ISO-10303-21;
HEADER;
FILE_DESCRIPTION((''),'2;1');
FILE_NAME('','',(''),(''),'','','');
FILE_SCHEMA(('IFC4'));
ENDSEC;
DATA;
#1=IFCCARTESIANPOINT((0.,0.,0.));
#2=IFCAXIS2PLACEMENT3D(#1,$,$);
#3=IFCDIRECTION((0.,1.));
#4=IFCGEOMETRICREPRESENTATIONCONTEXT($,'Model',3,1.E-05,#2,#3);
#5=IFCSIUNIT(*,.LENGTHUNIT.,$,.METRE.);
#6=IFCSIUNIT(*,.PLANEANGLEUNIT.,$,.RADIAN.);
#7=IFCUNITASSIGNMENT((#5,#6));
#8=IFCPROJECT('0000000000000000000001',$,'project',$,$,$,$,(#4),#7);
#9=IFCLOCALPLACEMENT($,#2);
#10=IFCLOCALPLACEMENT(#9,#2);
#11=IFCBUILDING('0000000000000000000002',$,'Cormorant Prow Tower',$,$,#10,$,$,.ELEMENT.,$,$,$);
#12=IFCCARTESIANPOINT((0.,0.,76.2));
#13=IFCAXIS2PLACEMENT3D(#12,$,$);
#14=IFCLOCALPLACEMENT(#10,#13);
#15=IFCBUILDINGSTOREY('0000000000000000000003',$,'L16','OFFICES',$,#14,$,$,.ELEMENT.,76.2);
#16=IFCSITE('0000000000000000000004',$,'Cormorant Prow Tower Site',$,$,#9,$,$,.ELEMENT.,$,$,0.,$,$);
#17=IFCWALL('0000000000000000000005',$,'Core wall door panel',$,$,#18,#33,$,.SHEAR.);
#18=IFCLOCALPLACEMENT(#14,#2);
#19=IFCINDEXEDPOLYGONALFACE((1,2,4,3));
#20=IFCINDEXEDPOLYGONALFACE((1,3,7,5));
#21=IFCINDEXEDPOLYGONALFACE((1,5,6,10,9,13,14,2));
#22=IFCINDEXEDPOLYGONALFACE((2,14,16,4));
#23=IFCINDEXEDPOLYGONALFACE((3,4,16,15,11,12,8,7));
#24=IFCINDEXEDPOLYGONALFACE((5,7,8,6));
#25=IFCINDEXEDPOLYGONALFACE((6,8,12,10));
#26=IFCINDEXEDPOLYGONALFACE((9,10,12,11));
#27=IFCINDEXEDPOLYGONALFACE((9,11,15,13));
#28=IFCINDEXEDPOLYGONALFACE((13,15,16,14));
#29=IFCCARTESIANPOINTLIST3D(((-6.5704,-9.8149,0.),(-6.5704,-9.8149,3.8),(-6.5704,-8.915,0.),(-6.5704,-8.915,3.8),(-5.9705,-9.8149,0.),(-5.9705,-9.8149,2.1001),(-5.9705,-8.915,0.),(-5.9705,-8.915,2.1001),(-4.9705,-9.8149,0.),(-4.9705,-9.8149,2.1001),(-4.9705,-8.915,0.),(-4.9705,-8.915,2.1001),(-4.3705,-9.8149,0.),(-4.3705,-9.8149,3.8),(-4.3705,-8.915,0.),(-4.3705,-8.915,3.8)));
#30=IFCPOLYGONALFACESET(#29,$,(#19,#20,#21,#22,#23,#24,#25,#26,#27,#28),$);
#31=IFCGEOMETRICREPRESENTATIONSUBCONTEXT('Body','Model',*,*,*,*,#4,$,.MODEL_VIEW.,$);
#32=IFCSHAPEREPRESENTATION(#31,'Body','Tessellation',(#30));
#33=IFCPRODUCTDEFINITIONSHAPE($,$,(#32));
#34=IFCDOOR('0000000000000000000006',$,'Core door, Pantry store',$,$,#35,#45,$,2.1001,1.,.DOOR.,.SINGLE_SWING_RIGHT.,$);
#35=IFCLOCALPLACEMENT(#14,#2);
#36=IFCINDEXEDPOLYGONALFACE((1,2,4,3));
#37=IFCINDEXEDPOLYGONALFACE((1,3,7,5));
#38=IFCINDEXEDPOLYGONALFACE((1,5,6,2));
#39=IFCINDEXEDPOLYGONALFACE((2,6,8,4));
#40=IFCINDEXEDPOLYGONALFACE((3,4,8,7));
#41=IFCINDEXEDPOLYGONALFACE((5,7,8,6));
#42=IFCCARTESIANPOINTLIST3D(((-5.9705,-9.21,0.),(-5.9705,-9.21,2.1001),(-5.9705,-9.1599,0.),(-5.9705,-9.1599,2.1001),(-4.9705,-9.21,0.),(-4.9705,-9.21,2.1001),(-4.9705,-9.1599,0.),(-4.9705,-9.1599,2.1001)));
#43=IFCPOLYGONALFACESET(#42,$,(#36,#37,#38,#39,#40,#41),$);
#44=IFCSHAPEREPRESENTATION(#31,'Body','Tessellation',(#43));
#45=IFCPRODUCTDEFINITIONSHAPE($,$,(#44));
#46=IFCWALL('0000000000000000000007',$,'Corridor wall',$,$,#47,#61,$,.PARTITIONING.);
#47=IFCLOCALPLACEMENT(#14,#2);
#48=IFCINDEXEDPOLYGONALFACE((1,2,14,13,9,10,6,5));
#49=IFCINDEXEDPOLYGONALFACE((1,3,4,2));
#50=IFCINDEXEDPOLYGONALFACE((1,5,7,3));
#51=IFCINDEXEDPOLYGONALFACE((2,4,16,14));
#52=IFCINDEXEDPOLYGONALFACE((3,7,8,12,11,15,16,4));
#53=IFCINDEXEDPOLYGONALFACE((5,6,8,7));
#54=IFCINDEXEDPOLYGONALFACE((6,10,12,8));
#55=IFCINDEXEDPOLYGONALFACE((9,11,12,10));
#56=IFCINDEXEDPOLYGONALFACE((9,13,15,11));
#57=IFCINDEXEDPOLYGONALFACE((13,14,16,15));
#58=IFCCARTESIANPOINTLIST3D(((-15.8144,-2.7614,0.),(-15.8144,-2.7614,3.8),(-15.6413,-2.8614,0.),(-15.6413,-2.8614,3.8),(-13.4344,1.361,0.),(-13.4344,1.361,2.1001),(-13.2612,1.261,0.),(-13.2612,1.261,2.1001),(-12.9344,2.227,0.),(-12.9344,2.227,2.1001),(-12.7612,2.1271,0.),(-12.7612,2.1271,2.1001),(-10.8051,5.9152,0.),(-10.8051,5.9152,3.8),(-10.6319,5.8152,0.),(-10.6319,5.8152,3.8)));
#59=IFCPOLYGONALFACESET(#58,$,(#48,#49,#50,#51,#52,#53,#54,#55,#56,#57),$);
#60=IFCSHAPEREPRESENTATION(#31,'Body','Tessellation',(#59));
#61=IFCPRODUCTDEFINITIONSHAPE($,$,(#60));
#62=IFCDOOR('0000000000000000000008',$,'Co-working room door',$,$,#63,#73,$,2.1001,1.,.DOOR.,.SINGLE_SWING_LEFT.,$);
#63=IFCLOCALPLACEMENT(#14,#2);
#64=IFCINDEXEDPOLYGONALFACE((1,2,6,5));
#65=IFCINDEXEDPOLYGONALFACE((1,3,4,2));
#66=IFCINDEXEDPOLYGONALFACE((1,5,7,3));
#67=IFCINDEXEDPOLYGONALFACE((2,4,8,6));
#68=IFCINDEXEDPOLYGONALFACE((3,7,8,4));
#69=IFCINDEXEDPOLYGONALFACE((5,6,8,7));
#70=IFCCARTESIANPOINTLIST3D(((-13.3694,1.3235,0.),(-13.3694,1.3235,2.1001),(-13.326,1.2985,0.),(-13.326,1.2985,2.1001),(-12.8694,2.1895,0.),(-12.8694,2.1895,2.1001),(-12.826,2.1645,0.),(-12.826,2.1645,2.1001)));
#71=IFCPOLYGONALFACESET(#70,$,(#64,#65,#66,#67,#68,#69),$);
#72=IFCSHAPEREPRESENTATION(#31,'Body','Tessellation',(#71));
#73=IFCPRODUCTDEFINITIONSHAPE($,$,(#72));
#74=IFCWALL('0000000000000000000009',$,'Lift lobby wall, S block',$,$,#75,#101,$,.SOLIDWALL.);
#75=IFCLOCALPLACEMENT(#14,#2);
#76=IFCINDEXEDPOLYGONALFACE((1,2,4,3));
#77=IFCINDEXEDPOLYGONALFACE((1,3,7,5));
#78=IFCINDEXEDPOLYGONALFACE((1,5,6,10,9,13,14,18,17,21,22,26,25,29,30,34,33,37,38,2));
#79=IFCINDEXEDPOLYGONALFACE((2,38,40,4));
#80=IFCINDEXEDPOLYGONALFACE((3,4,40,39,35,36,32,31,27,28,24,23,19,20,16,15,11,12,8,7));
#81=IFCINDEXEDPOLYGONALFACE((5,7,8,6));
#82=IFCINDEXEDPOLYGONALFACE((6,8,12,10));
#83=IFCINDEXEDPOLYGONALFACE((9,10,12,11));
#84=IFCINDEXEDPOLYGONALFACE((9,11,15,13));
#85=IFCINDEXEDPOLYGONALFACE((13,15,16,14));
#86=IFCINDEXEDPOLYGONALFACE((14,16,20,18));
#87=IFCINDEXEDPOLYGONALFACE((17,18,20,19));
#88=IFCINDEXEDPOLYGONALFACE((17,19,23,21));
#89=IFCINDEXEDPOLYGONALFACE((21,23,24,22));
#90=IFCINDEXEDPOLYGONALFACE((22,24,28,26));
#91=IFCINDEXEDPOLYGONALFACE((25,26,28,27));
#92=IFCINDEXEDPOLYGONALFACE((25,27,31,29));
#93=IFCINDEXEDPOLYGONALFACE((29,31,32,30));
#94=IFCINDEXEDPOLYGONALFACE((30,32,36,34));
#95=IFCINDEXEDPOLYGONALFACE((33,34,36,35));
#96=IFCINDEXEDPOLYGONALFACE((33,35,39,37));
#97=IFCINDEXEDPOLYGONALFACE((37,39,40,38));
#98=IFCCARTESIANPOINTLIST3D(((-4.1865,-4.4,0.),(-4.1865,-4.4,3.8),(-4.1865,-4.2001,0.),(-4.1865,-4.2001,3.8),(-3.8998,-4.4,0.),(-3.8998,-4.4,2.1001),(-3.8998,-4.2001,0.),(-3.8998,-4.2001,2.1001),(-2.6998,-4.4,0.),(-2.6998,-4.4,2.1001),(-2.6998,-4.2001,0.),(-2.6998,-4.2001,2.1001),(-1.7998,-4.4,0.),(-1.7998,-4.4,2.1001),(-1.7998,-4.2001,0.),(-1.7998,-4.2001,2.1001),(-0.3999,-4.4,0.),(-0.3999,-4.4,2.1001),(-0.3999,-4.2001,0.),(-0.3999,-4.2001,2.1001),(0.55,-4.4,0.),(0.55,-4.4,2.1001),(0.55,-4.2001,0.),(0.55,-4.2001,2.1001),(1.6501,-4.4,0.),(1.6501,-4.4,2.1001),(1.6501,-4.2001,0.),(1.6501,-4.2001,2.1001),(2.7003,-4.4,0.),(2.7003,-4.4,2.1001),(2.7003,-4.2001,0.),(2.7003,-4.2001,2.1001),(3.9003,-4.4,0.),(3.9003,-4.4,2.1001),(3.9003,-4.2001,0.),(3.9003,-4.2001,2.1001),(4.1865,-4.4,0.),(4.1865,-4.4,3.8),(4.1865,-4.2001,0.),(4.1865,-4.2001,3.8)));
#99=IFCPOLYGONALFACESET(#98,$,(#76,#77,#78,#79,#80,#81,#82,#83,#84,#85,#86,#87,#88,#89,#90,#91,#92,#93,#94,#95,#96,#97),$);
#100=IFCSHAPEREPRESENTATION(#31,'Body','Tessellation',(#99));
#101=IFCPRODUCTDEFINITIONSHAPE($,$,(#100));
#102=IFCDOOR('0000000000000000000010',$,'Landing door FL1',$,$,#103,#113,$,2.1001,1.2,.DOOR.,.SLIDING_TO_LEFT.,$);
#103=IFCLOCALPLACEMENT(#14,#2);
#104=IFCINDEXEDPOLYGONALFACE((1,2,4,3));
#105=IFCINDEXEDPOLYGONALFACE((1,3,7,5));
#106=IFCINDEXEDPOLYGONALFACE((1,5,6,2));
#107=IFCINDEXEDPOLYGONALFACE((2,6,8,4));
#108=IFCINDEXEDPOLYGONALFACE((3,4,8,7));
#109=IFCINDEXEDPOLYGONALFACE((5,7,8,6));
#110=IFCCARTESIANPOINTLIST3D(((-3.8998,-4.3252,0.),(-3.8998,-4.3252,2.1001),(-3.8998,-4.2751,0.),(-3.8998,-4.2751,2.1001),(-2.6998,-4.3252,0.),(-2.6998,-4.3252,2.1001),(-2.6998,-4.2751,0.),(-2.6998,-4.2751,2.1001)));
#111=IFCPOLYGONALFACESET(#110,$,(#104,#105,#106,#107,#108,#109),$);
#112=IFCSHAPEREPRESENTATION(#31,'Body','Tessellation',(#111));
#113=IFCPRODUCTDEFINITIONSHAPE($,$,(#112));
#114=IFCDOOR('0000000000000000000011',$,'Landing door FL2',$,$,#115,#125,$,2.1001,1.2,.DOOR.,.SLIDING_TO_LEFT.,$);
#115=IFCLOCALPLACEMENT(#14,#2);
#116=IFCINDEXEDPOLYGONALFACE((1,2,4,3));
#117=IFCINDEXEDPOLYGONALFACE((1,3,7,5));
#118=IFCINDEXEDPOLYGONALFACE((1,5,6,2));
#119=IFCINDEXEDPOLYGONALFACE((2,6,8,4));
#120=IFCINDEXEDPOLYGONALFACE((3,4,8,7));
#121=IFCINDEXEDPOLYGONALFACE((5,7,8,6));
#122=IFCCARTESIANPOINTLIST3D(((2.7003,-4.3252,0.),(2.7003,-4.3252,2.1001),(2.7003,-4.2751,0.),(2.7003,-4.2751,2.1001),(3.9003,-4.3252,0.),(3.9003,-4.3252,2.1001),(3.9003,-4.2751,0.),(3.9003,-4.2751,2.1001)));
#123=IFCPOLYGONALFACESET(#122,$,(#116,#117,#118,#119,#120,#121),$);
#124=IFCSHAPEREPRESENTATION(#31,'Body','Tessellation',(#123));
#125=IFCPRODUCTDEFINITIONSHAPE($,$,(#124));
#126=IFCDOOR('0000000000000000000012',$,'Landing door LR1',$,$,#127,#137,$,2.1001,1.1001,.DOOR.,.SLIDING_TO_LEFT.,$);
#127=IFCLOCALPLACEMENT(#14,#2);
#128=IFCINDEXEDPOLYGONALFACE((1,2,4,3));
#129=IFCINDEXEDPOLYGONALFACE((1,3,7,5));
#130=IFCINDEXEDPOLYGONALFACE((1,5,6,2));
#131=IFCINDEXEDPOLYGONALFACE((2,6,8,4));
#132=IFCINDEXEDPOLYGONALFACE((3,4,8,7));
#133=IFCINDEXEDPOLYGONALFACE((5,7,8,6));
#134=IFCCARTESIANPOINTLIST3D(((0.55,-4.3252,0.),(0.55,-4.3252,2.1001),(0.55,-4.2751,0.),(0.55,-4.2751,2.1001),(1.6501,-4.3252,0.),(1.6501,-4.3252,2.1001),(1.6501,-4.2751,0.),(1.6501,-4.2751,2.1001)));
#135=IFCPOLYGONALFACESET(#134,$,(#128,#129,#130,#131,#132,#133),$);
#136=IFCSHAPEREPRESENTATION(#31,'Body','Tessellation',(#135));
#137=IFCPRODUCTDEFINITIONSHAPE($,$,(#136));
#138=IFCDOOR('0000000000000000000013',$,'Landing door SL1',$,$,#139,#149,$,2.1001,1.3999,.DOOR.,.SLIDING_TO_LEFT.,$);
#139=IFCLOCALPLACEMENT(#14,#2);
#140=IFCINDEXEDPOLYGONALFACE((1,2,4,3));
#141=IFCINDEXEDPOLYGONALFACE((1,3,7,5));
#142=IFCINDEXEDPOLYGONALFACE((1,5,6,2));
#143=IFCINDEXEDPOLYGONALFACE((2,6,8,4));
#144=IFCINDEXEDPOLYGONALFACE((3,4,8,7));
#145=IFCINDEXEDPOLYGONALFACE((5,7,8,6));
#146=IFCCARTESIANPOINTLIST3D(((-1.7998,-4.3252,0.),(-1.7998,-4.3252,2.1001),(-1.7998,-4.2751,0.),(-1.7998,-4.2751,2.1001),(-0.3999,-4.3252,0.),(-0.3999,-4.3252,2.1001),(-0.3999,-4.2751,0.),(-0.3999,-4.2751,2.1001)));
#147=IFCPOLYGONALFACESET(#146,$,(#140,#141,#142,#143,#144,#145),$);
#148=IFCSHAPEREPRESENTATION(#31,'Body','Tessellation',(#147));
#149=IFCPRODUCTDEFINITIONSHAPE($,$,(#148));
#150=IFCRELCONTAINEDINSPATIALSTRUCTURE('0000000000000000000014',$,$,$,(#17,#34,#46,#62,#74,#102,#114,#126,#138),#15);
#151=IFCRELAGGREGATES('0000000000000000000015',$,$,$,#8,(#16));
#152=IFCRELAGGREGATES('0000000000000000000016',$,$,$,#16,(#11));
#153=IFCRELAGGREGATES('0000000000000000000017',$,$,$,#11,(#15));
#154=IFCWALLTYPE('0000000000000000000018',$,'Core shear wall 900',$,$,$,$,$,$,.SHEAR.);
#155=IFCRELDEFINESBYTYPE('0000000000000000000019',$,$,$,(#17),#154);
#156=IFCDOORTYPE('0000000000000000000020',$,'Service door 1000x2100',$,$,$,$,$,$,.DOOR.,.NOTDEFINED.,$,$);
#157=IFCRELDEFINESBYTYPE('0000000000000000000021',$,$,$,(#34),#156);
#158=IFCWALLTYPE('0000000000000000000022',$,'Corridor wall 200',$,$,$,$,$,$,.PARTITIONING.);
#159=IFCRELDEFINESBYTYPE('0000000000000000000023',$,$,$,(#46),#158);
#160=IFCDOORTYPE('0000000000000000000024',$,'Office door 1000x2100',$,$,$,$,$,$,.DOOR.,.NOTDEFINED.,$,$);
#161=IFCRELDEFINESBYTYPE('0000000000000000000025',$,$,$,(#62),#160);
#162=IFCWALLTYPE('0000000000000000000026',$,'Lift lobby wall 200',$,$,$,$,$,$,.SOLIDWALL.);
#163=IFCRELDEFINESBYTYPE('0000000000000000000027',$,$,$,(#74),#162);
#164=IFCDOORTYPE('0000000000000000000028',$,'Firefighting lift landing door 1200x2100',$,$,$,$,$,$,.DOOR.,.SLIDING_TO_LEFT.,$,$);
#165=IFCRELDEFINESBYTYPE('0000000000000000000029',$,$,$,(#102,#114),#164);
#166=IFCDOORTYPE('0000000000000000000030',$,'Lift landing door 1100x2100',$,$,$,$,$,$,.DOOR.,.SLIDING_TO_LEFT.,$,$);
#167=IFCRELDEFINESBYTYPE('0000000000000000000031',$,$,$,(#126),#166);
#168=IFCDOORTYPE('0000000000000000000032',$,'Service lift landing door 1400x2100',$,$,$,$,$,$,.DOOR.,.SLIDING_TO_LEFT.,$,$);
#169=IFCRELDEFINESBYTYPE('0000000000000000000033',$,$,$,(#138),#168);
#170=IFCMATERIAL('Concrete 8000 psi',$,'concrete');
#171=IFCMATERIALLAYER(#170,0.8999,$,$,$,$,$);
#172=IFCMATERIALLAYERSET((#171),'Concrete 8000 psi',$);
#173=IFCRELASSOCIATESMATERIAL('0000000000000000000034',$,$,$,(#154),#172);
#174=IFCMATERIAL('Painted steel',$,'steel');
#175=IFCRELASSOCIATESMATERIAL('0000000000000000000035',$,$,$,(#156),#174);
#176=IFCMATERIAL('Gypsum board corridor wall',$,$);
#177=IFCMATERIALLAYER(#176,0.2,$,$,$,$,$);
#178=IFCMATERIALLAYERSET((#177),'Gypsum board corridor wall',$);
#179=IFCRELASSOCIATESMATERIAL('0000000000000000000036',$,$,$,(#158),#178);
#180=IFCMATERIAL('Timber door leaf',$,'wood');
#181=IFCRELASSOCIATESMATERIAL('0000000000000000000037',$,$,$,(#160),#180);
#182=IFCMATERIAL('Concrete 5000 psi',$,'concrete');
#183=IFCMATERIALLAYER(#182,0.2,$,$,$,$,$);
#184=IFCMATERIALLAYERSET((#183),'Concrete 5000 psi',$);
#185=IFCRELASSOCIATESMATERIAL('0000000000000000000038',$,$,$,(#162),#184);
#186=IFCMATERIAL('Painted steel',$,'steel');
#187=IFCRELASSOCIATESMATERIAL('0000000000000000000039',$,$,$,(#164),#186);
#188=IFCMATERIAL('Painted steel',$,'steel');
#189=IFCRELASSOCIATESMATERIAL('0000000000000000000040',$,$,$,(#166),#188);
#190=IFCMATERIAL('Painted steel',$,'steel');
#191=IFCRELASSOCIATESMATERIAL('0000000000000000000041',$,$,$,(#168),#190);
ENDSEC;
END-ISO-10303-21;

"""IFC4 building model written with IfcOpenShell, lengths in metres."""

from ifc_helpers import new_model, si_unit, direction, frame, frame_2d, origin, place, context, subcontext, project, spatial, rectangle, extrude, material, layer, layer_set, type_object, element, fill, save


model = new_model("IFC4")

# Units and contexts
model_context = context("Model", 3, precision=1e-05, world=origin(), true_north=direction((0.0, 1.0)))
body_context = subcontext(model_context, "Body", "Model", "MODEL_VIEW")
ifc_project = project(units=[si_unit("LENGTHUNIT", "METRE"), si_unit("PLANEANGLEUNIT", "RADIAN")], contexts=[model_context])

# Site, building, storey
site_placement = place(None, origin())
site = spatial("IfcSite", under=ifc_project, at=site_placement, Name="Cormorant Prow Tower Site", CompositionType="ELEMENT", RefElevation=0.0)
building_placement = place(site_placement, origin())
building = spatial("IfcBuilding", under=site, at=building_placement, Name="Cormorant Prow Tower", CompositionType="ELEMENT")
storey_placement = place(building_placement, frame((0.0, 0.0, 76.2)))
storey = spatial("IfcBuildingStorey", under=building, at=storey_placement, Name="L16", Description="OFFICES", CompositionType="ELEMENT", Elevation=76.2)

# Shared definitions
ifc_material_1 = material(Name="Concrete 8000 psi", Category="concrete")
ifc_layer_1 = layer(ifc_material_1, 0.8999)
ifc_layer_set_1 = layer_set([ifc_layer_1], Name="Concrete 8000 psi")
wall_type_1 = type_object("IfcWallType", Name="Core shear wall 900", PredefinedType="SHEAR", material=ifc_layer_set_1)

# Walls, openings, doors
wall_1_placement = place(storey_placement, frame((-6.5706, -9.365, 0.0), z_axis=(0.0, 0.0, 1.0), x_axis=(1.0, 0.0, 0.0)))
wall_1 = element("IfcWall", 1, at=wall_1_placement, inside=storey, type_object=wall_type_1, Name="Core wall door panel", PredefinedType="SHEAR", context=body_context, shape_type="SweptSolid", body=[
    extrude(rectangle(XDim=2.2, YDim=0.8999, at=frame_2d((1.1001, 0.0))), origin(), (0.0, 0.0, 1.0), 3.8),
])
opening_1_placement = place(wall_1_placement, frame((0.6001, 0.0, 0.0)))
opening_1 = element("IfcOpeningElement", 2, at=opening_1_placement, cuts=wall_1, PredefinedType="OPENING", context=body_context, shape_type="SweptSolid", body=[
    extrude(rectangle(XDim=1.0, YDim=2.1001, at=frame_2d((0.5, 1.05))), frame((0.0, 0.46, 0.0), z_axis=(0.0, -1.0, 0.0), x_axis=(1.0, 0.0, 0.0)), (0.0, 0.0, 1.0), 0.9199),
])
ifc_material_2 = material(Name="Painted steel", Category="steel")
door_type_1 = type_object("IfcDoorType", Name="Service door 1000x2100", OperationType="NOTDEFINED", PredefinedType="DOOR", material=ifc_material_2)
door_1_placement = place(opening_1_placement, origin())
door_1 = element("IfcDoor", 3, at=door_1_placement, inside=storey, type_object=door_type_1, Name="Core door, Pantry store", OperationType="SINGLE_SWING_RIGHT", OverallHeight=2.1001, OverallWidth=1.0, PredefinedType="DOOR", context=body_context, shape_type="SweptSolid", body=[
    extrude(rectangle(XDim=1.0, YDim=2.1001, at=frame_2d((0.5, 1.05))), frame((0.0, 0.2051, 0.0), z_axis=(0.0, -1.0, 0.0), x_axis=(1.0, 0.0, 0.0)), (0.0, 0.0, 1.0), 0.05),
])
fill(opening_1, door_1)
ifc_material_3 = material(Name="Gypsum board corridor wall")
ifc_layer_2 = layer(ifc_material_3, 0.2)
ifc_layer_set_2 = layer_set([ifc_layer_2], Name="Gypsum board corridor wall")
wall_type_2 = type_object("IfcWallType", Name="Corridor wall 200", PredefinedType="PARTITIONING", material=ifc_layer_set_2)
wall_2_placement = place(storey_placement, frame((-15.7278, -2.8113, 0.0), z_axis=(0.0, 0.0, 1.0), x_axis=(0.499992, 0.86603, 0.0)))
wall_2 = element("IfcWall", 4, at=wall_2_placement, inside=storey, type_object=wall_type_2, Name="Corridor wall", PredefinedType="PARTITIONING", context=body_context, shape_type="SweptSolid", body=[
    extrude(rectangle(XDim=10.0188, YDim=0.2, at=frame_2d((5.0093, 0.0))), origin(), (0.0, 0.0, 1.0), 3.8),
])
opening_2_placement = place(wall_2_placement, frame((4.76, 0.0, 0.0)))
opening_2 = element("IfcOpeningElement", 5, at=opening_2_placement, cuts=wall_2, PredefinedType="OPENING", context=body_context, shape_type="SweptSolid", body=[
    extrude(rectangle(XDim=1.0, YDim=2.1001, at=frame_2d((0.5, 1.05))), frame((0.0, 0.1099, 0.0), z_axis=(0.0, -1.0, 0.0), x_axis=(1.0, 0.0, 0.0)), (0.0, 0.0, 1.0), 0.22),
])
ifc_material_4 = material(Name="Timber door leaf", Category="wood")
door_type_2 = type_object("IfcDoorType", Name="Office door 1000x2100", OperationType="NOTDEFINED", PredefinedType="DOOR", material=ifc_material_4)
door_2_placement = place(opening_2_placement, origin())
door_2 = element("IfcDoor", 6, at=door_2_placement, inside=storey, type_object=door_type_2, Name="Co-working room door", OperationType="SINGLE_SWING_LEFT", OverallHeight=2.1001, OverallWidth=1.0, PredefinedType="DOOR", context=body_context, shape_type="SweptSolid", body=[
    extrude(rectangle(XDim=1.0, YDim=2.1001, at=frame_2d((0.5, 1.05))), frame((0.0, 0.0249, 0.0), z_axis=(0.0, -1.0, 0.0), x_axis=(1.0, 0.0, 0.0)), (0.0, 0.0, 1.0), 0.05),
])
fill(opening_2, door_2)

# Wall, openings, doors
ifc_material_5 = material(Name="Concrete 5000 psi", Category="concrete")
ifc_layer_3 = layer(ifc_material_5, 0.2)
ifc_layer_set_3 = layer_set([ifc_layer_3], Name="Concrete 5000 psi")
wall_type_3 = type_object("IfcWallType", Name="Lift lobby wall 200", PredefinedType="SOLIDWALL", material=ifc_layer_set_3)
wall_3_placement = place(storey_placement, frame((-4.1865, -4.3, 0.0), z_axis=(0.0, 0.0, 1.0), x_axis=(1.0, 0.0, 0.0)))
wall_3 = element("IfcWall", 7, at=wall_3_placement, inside=storey, type_object=wall_type_3, Name="Lift lobby wall, S block", PredefinedType="SOLIDWALL", context=body_context, shape_type="SweptSolid", body=[
    extrude(rectangle(XDim=8.373, YDim=0.2, at=frame_2d((4.1865, 0.0))), origin(), (0.0, 0.0, 1.0), 3.8),
])
opening_3_placement = place(wall_3_placement, frame((0.2866, 0.0, 0.0)))
opening_3 = element("IfcOpeningElement", 8, at=opening_3_placement, cuts=wall_3, PredefinedType="OPENING", context=body_context, shape_type="SweptSolid", body=[
    extrude(rectangle(XDim=1.2, YDim=2.1001, at=frame_2d((0.6001, 1.05))), frame((0.0, 0.1099, 0.0), z_axis=(0.0, -1.0, 0.0), x_axis=(1.0, 0.0, 0.0)), (0.0, 0.0, 1.0), 0.22),
])
opening_4_placement = place(wall_3_placement, frame((2.3867, 0.0, 0.0)))
opening_4 = element("IfcOpeningElement", 9, at=opening_4_placement, cuts=wall_3, PredefinedType="OPENING", context=body_context, shape_type="SweptSolid", body=[
    extrude(rectangle(XDim=1.3999, YDim=2.1001, at=frame_2d((0.7, 1.05))), frame((0.0, 0.1099, 0.0), z_axis=(0.0, -1.0, 0.0), x_axis=(1.0, 0.0, 0.0)), (0.0, 0.0, 1.0), 0.22),
])
opening_5_placement = place(wall_3_placement, frame((4.7366, 0.0, 0.0)))
opening_5 = element("IfcOpeningElement", 10, at=opening_5_placement, cuts=wall_3, PredefinedType="OPENING", context=body_context, shape_type="SweptSolid", body=[
    extrude(rectangle(XDim=1.1001, YDim=2.1001, at=frame_2d((0.55, 1.05))), frame((0.0, 0.1099, 0.0), z_axis=(0.0, -1.0, 0.0), x_axis=(1.0, 0.0, 0.0)), (0.0, 0.0, 1.0), 0.22),
])
opening_6_placement = place(wall_3_placement, frame((6.8867, 0.0, 0.0)))
opening_6 = element("IfcOpeningElement", 11, at=opening_6_placement, cuts=wall_3, PredefinedType="OPENING", context=body_context, shape_type="SweptSolid", body=[
    extrude(rectangle(XDim=1.2, YDim=2.1001, at=frame_2d((0.6001, 1.05))), frame((0.0, 0.1099, 0.0), z_axis=(0.0, -1.0, 0.0), x_axis=(1.0, 0.0, 0.0)), (0.0, 0.0, 1.0), 0.22),
])
ifc_material_6 = material(Name="Painted steel", Category="steel")
door_type_3 = type_object("IfcDoorType", Name="Firefighting lift landing door 1200x2100", OperationType="SLIDING_TO_LEFT", PredefinedType="DOOR", material=ifc_material_6)
door_3_placement = place(opening_3_placement, origin())
door_3 = element("IfcDoor", 12, at=door_3_placement, inside=storey, type_object=door_type_3, Name="Landing door FL1", OperationType="SLIDING_TO_LEFT", OverallHeight=2.1001, OverallWidth=1.2, PredefinedType="DOOR", context=body_context, shape_type="SweptSolid", body=[
    extrude(rectangle(XDim=1.2, YDim=2.1001, at=frame_2d((0.6001, 1.05))), frame((0.0, 0.0249, 0.0), z_axis=(0.0, -1.0, 0.0), x_axis=(1.0, 0.0, 0.0)), (0.0, 0.0, 1.0), 0.05),
])
fill(opening_3, door_3)
door_4_placement = place(opening_6_placement, origin())
door_4 = element("IfcDoor", 13, at=door_4_placement, inside=storey, type_object=door_type_3, Name="Landing door FL2", OperationType="SLIDING_TO_LEFT", OverallHeight=2.1001, OverallWidth=1.2, PredefinedType="DOOR", context=body_context, shape_type="SweptSolid", body=[
    extrude(rectangle(XDim=1.2, YDim=2.1001, at=frame_2d((0.6001, 1.05))), frame((0.0, 0.0249, 0.0), z_axis=(0.0, -1.0, 0.0), x_axis=(1.0, 0.0, 0.0)), (0.0, 0.0, 1.0), 0.05),
])
fill(opening_6, door_4)
ifc_material_7 = material(Name="Painted steel", Category="steel")
door_type_4 = type_object("IfcDoorType", Name="Lift landing door 1100x2100", OperationType="SLIDING_TO_LEFT", PredefinedType="DOOR", material=ifc_material_7)
door_5_placement = place(opening_5_placement, origin())
door_5 = element("IfcDoor", 14, at=door_5_placement, inside=storey, type_object=door_type_4, Name="Landing door LR1", OperationType="SLIDING_TO_LEFT", OverallHeight=2.1001, OverallWidth=1.1001, PredefinedType="DOOR", context=body_context, shape_type="SweptSolid", body=[
    extrude(rectangle(XDim=1.1001, YDim=2.1001, at=frame_2d((0.55, 1.05))), frame((0.0, 0.0249, 0.0), z_axis=(0.0, -1.0, 0.0), x_axis=(1.0, 0.0, 0.0)), (0.0, 0.0, 1.0), 0.05),
])
fill(opening_5, door_5)
ifc_material_8 = material(Name="Painted steel", Category="steel")
door_type_5 = type_object("IfcDoorType", Name="Service lift landing door 1400x2100", OperationType="SLIDING_TO_LEFT", PredefinedType="DOOR", material=ifc_material_8)
door_6_placement = place(opening_4_placement, origin())
door_6 = element("IfcDoor", 15, at=door_6_placement, inside=storey, type_object=door_type_5, Name="Landing door SL1", OperationType="SLIDING_TO_LEFT", OverallHeight=2.1001, OverallWidth=1.3999, PredefinedType="DOOR", context=body_context, shape_type="SweptSolid", body=[
    extrude(rectangle(XDim=1.3999, YDim=2.1001, at=frame_2d((0.7, 1.05))), frame((0.0, 0.0249, 0.0), z_axis=(0.0, -1.0, 0.0), x_axis=(1.0, 0.0, 0.0)), (0.0, 0.0, 1.0), 0.05),
])
fill(opening_4, door_6)

save(model, "model.ifc")
